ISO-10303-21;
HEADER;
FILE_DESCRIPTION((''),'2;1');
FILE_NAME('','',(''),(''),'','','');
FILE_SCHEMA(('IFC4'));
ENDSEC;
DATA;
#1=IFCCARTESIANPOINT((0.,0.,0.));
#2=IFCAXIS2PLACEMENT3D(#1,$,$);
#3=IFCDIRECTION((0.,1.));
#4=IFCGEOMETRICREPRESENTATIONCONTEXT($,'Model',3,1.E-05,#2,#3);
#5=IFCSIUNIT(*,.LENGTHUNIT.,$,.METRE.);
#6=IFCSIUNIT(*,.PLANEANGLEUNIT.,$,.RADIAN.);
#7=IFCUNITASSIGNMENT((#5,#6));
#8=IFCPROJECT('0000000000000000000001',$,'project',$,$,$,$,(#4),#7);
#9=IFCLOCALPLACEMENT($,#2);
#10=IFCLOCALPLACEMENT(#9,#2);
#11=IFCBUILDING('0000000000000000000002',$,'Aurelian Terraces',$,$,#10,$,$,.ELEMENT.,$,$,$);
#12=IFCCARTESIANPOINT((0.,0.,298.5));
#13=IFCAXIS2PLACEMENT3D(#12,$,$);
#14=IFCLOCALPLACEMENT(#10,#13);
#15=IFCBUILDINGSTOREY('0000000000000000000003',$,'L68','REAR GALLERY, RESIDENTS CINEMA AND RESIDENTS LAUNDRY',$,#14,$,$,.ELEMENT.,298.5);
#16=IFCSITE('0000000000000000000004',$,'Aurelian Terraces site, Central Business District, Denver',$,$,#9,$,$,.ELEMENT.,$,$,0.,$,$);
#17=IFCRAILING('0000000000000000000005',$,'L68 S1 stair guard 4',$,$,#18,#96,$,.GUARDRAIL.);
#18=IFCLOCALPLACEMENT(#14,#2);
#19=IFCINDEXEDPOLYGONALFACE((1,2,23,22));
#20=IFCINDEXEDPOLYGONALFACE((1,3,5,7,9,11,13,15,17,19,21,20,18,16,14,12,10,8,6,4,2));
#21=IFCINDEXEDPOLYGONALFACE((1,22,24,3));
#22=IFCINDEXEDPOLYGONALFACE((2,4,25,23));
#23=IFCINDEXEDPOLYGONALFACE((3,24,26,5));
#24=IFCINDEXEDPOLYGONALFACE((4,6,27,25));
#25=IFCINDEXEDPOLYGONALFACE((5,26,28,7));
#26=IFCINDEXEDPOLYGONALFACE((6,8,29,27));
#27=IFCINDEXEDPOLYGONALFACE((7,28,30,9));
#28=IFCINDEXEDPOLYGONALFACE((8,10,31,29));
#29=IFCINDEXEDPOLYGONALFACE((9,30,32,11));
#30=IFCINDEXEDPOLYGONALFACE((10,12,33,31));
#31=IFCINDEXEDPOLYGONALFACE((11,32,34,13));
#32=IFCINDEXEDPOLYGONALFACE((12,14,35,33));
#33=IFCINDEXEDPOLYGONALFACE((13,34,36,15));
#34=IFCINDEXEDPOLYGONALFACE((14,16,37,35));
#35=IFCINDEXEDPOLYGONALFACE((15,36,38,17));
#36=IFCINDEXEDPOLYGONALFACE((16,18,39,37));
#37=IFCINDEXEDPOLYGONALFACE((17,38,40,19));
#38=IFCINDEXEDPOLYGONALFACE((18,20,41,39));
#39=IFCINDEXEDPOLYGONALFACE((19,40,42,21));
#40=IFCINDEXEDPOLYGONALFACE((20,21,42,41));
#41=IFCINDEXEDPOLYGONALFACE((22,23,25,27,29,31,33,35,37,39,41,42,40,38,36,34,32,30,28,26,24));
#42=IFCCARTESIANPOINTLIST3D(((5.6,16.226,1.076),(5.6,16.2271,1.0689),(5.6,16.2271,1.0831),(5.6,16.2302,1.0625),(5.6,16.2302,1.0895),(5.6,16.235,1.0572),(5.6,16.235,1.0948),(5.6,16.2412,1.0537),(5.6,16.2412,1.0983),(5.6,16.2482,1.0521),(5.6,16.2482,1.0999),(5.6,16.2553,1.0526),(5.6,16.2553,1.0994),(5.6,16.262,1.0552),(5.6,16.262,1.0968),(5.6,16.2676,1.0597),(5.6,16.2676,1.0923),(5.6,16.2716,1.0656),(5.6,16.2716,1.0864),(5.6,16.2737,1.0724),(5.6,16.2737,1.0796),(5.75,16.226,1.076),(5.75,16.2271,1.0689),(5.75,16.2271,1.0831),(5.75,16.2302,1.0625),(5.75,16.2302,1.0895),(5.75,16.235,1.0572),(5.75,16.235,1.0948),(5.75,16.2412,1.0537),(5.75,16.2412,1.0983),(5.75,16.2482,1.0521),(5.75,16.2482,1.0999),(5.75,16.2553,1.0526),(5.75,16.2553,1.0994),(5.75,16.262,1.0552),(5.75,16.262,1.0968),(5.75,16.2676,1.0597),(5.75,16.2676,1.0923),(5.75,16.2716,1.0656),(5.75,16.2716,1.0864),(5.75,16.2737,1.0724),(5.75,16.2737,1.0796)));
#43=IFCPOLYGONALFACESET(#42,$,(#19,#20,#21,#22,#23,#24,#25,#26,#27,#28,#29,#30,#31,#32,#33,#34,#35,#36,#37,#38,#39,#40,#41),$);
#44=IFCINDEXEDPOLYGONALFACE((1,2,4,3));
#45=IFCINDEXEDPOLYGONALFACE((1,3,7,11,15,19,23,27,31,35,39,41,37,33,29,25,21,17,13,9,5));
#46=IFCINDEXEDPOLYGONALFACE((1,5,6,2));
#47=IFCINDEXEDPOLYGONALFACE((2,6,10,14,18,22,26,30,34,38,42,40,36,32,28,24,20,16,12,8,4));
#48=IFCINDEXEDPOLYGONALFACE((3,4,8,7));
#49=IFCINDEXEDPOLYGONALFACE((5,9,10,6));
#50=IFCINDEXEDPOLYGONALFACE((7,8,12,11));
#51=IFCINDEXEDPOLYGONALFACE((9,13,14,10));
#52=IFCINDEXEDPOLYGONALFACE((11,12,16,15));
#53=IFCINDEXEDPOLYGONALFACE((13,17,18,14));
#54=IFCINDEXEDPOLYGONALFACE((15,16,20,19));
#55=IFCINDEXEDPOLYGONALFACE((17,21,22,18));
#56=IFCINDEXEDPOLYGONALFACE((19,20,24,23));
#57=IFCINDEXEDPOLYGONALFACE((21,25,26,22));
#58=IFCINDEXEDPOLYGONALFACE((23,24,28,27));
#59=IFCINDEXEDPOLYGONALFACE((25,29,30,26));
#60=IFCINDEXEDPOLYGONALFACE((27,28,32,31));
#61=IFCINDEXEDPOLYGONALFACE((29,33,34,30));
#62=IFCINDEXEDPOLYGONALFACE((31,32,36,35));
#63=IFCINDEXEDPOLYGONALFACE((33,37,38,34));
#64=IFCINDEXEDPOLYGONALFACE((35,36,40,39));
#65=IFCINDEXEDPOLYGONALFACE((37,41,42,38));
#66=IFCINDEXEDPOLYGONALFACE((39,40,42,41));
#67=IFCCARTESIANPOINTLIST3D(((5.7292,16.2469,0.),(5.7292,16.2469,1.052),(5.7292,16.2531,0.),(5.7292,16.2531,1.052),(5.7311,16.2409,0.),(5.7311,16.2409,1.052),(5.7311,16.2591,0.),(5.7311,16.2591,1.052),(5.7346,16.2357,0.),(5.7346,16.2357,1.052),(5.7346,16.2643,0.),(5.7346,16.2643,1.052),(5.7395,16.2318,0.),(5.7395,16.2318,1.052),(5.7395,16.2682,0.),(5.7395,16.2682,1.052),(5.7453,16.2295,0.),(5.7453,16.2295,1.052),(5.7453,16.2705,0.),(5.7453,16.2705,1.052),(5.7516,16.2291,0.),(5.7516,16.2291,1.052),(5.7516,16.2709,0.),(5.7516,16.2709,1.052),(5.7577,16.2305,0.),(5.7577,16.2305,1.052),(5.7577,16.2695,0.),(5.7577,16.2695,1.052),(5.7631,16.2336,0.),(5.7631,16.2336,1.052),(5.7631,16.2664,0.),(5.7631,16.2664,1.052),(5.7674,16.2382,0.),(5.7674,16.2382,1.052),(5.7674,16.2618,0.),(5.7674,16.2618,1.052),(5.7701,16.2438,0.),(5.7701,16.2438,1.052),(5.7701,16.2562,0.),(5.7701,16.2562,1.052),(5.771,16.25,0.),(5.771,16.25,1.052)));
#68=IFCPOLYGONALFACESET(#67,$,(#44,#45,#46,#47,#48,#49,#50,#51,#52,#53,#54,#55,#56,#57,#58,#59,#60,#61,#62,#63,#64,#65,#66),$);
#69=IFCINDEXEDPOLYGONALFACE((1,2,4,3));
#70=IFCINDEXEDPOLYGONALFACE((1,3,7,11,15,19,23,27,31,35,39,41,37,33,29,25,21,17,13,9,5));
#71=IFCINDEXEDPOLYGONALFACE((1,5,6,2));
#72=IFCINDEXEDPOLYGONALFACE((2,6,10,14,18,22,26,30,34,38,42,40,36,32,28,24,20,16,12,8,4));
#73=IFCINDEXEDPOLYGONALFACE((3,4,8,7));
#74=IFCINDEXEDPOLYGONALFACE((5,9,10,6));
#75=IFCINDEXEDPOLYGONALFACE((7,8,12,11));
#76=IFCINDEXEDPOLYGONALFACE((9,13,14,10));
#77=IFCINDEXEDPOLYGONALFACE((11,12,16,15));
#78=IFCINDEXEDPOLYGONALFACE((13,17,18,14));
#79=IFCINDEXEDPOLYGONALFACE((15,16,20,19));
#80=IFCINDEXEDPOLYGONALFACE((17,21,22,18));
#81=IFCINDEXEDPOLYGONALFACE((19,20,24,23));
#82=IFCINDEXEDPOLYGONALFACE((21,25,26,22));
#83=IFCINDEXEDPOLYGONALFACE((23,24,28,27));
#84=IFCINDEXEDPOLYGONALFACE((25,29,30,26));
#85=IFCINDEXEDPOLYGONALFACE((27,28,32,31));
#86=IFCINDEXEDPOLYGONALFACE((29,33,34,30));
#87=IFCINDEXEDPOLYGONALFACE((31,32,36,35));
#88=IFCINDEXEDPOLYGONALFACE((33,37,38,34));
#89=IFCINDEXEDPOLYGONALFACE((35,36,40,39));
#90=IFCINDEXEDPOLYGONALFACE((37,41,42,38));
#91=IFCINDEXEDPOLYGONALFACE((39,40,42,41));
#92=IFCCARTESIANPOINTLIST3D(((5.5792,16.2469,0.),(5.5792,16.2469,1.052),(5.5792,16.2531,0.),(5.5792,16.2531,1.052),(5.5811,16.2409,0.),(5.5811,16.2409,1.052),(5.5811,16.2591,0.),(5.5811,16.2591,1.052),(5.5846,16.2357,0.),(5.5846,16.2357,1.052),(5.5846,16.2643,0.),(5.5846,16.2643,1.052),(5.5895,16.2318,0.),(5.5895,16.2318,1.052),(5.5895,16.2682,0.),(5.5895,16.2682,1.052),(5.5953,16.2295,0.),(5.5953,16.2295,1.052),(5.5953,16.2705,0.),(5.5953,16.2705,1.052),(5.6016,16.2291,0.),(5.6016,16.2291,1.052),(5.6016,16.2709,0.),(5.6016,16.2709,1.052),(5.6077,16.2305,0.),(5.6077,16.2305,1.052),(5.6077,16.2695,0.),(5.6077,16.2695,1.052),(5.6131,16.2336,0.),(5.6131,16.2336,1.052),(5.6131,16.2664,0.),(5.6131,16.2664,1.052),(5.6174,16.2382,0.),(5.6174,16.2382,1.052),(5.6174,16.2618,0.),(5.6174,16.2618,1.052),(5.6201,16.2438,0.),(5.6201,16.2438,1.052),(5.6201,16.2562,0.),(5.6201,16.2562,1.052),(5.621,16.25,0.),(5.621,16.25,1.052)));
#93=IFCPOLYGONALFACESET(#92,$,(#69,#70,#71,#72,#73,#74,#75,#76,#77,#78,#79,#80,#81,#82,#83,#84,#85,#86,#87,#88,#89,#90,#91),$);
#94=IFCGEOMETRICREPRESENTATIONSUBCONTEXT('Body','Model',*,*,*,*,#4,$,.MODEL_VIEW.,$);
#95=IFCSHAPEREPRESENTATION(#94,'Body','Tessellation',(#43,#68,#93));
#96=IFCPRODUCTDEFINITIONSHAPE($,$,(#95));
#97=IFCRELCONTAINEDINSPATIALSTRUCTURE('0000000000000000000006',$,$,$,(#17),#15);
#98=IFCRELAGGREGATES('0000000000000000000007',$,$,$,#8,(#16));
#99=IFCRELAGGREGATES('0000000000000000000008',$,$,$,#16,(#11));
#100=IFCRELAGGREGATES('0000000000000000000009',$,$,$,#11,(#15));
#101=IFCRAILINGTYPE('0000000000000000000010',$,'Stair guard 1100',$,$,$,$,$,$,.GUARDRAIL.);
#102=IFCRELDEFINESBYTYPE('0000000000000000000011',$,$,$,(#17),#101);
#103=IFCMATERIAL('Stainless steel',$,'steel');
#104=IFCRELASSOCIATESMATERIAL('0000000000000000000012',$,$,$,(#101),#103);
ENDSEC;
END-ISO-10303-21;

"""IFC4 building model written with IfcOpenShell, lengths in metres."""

from ifc_helpers import new_model, si_unit, direction, frame, origin, origin_2d, place, context, subcontext, project, spatial, circle, extrude, source, transform, mapped, material, type_object, element, save


model = new_model("IFC4")

# Units and contexts
model_context = context("Model", 3, precision=1e-05, world=origin(), true_north=direction((0.0, 1.0)))
body_context = subcontext(model_context, "Body", "Model", "MODEL_VIEW")
ifc_project = project(units=[si_unit("LENGTHUNIT", "METRE"), si_unit("PLANEANGLEUNIT", "RADIAN")], contexts=[model_context])

# Site, building, storey
site_placement = place(None, origin())
site = spatial("IfcSite", under=ifc_project, at=site_placement, Name="Aurelian Terraces site, Central Business District, Denver", CompositionType="ELEMENT", RefElevation=0.0)
building_placement = place(site_placement, origin())
building = spatial("IfcBuilding", under=site, at=building_placement, Name="Aurelian Terraces", CompositionType="ELEMENT")
storey_placement = place(building_placement, frame((0.0, 0.0, 298.5)))
storey = spatial("IfcBuildingStorey", under=building, at=storey_placement, Name="L68", Description="REAR GALLERY, RESIDENTS CINEMA AND RESIDENTS LAUNDRY", CompositionType="ELEMENT", Elevation=298.5)

# Railing
ifc_material_1 = material(Name="Stainless steel", Category="steel")
railing_type_1 = type_object("IfcRailingType", Name="Stair guard 1100", PredefinedType="GUARDRAIL", material=ifc_material_1)
shared_shape_1 = source(origin(), body_context, "Body", "SweptSolid", [
    extrude(circle(Radius=0.024, at=origin_2d()), frame((0.0, 0.0, 1.076), z_axis=(-1.0, 0.0, 0.0), x_axis=(0.0, -1.0, 0.0)), (0.0, 0.0, 1.0), 0.15),
    extrude(circle(Radius=0.021, at=origin_2d()), origin(), (0.0, 0.0, 1.0), 1.052),
    extrude(circle(Radius=0.021, at=origin_2d()), frame((-0.15, 0.0, 0.0)), (0.0, 0.0, 1.0), 1.052),
])
railing_1_placement = place(storey_placement, frame((5.75, 16.25, 0.0)))
element("IfcRailing", 1, at=railing_1_placement, inside=storey, type_object=railing_type_1, Name="L68 S1 stair guard 4", PredefinedType="GUARDRAIL", context=body_context, shape_type="MappedRepresentation", body=[
    mapped(shared_shape_1, transform((0.0, 0.0, 0.0), scale=1.0)),
])

save(model, "model.ifc")
